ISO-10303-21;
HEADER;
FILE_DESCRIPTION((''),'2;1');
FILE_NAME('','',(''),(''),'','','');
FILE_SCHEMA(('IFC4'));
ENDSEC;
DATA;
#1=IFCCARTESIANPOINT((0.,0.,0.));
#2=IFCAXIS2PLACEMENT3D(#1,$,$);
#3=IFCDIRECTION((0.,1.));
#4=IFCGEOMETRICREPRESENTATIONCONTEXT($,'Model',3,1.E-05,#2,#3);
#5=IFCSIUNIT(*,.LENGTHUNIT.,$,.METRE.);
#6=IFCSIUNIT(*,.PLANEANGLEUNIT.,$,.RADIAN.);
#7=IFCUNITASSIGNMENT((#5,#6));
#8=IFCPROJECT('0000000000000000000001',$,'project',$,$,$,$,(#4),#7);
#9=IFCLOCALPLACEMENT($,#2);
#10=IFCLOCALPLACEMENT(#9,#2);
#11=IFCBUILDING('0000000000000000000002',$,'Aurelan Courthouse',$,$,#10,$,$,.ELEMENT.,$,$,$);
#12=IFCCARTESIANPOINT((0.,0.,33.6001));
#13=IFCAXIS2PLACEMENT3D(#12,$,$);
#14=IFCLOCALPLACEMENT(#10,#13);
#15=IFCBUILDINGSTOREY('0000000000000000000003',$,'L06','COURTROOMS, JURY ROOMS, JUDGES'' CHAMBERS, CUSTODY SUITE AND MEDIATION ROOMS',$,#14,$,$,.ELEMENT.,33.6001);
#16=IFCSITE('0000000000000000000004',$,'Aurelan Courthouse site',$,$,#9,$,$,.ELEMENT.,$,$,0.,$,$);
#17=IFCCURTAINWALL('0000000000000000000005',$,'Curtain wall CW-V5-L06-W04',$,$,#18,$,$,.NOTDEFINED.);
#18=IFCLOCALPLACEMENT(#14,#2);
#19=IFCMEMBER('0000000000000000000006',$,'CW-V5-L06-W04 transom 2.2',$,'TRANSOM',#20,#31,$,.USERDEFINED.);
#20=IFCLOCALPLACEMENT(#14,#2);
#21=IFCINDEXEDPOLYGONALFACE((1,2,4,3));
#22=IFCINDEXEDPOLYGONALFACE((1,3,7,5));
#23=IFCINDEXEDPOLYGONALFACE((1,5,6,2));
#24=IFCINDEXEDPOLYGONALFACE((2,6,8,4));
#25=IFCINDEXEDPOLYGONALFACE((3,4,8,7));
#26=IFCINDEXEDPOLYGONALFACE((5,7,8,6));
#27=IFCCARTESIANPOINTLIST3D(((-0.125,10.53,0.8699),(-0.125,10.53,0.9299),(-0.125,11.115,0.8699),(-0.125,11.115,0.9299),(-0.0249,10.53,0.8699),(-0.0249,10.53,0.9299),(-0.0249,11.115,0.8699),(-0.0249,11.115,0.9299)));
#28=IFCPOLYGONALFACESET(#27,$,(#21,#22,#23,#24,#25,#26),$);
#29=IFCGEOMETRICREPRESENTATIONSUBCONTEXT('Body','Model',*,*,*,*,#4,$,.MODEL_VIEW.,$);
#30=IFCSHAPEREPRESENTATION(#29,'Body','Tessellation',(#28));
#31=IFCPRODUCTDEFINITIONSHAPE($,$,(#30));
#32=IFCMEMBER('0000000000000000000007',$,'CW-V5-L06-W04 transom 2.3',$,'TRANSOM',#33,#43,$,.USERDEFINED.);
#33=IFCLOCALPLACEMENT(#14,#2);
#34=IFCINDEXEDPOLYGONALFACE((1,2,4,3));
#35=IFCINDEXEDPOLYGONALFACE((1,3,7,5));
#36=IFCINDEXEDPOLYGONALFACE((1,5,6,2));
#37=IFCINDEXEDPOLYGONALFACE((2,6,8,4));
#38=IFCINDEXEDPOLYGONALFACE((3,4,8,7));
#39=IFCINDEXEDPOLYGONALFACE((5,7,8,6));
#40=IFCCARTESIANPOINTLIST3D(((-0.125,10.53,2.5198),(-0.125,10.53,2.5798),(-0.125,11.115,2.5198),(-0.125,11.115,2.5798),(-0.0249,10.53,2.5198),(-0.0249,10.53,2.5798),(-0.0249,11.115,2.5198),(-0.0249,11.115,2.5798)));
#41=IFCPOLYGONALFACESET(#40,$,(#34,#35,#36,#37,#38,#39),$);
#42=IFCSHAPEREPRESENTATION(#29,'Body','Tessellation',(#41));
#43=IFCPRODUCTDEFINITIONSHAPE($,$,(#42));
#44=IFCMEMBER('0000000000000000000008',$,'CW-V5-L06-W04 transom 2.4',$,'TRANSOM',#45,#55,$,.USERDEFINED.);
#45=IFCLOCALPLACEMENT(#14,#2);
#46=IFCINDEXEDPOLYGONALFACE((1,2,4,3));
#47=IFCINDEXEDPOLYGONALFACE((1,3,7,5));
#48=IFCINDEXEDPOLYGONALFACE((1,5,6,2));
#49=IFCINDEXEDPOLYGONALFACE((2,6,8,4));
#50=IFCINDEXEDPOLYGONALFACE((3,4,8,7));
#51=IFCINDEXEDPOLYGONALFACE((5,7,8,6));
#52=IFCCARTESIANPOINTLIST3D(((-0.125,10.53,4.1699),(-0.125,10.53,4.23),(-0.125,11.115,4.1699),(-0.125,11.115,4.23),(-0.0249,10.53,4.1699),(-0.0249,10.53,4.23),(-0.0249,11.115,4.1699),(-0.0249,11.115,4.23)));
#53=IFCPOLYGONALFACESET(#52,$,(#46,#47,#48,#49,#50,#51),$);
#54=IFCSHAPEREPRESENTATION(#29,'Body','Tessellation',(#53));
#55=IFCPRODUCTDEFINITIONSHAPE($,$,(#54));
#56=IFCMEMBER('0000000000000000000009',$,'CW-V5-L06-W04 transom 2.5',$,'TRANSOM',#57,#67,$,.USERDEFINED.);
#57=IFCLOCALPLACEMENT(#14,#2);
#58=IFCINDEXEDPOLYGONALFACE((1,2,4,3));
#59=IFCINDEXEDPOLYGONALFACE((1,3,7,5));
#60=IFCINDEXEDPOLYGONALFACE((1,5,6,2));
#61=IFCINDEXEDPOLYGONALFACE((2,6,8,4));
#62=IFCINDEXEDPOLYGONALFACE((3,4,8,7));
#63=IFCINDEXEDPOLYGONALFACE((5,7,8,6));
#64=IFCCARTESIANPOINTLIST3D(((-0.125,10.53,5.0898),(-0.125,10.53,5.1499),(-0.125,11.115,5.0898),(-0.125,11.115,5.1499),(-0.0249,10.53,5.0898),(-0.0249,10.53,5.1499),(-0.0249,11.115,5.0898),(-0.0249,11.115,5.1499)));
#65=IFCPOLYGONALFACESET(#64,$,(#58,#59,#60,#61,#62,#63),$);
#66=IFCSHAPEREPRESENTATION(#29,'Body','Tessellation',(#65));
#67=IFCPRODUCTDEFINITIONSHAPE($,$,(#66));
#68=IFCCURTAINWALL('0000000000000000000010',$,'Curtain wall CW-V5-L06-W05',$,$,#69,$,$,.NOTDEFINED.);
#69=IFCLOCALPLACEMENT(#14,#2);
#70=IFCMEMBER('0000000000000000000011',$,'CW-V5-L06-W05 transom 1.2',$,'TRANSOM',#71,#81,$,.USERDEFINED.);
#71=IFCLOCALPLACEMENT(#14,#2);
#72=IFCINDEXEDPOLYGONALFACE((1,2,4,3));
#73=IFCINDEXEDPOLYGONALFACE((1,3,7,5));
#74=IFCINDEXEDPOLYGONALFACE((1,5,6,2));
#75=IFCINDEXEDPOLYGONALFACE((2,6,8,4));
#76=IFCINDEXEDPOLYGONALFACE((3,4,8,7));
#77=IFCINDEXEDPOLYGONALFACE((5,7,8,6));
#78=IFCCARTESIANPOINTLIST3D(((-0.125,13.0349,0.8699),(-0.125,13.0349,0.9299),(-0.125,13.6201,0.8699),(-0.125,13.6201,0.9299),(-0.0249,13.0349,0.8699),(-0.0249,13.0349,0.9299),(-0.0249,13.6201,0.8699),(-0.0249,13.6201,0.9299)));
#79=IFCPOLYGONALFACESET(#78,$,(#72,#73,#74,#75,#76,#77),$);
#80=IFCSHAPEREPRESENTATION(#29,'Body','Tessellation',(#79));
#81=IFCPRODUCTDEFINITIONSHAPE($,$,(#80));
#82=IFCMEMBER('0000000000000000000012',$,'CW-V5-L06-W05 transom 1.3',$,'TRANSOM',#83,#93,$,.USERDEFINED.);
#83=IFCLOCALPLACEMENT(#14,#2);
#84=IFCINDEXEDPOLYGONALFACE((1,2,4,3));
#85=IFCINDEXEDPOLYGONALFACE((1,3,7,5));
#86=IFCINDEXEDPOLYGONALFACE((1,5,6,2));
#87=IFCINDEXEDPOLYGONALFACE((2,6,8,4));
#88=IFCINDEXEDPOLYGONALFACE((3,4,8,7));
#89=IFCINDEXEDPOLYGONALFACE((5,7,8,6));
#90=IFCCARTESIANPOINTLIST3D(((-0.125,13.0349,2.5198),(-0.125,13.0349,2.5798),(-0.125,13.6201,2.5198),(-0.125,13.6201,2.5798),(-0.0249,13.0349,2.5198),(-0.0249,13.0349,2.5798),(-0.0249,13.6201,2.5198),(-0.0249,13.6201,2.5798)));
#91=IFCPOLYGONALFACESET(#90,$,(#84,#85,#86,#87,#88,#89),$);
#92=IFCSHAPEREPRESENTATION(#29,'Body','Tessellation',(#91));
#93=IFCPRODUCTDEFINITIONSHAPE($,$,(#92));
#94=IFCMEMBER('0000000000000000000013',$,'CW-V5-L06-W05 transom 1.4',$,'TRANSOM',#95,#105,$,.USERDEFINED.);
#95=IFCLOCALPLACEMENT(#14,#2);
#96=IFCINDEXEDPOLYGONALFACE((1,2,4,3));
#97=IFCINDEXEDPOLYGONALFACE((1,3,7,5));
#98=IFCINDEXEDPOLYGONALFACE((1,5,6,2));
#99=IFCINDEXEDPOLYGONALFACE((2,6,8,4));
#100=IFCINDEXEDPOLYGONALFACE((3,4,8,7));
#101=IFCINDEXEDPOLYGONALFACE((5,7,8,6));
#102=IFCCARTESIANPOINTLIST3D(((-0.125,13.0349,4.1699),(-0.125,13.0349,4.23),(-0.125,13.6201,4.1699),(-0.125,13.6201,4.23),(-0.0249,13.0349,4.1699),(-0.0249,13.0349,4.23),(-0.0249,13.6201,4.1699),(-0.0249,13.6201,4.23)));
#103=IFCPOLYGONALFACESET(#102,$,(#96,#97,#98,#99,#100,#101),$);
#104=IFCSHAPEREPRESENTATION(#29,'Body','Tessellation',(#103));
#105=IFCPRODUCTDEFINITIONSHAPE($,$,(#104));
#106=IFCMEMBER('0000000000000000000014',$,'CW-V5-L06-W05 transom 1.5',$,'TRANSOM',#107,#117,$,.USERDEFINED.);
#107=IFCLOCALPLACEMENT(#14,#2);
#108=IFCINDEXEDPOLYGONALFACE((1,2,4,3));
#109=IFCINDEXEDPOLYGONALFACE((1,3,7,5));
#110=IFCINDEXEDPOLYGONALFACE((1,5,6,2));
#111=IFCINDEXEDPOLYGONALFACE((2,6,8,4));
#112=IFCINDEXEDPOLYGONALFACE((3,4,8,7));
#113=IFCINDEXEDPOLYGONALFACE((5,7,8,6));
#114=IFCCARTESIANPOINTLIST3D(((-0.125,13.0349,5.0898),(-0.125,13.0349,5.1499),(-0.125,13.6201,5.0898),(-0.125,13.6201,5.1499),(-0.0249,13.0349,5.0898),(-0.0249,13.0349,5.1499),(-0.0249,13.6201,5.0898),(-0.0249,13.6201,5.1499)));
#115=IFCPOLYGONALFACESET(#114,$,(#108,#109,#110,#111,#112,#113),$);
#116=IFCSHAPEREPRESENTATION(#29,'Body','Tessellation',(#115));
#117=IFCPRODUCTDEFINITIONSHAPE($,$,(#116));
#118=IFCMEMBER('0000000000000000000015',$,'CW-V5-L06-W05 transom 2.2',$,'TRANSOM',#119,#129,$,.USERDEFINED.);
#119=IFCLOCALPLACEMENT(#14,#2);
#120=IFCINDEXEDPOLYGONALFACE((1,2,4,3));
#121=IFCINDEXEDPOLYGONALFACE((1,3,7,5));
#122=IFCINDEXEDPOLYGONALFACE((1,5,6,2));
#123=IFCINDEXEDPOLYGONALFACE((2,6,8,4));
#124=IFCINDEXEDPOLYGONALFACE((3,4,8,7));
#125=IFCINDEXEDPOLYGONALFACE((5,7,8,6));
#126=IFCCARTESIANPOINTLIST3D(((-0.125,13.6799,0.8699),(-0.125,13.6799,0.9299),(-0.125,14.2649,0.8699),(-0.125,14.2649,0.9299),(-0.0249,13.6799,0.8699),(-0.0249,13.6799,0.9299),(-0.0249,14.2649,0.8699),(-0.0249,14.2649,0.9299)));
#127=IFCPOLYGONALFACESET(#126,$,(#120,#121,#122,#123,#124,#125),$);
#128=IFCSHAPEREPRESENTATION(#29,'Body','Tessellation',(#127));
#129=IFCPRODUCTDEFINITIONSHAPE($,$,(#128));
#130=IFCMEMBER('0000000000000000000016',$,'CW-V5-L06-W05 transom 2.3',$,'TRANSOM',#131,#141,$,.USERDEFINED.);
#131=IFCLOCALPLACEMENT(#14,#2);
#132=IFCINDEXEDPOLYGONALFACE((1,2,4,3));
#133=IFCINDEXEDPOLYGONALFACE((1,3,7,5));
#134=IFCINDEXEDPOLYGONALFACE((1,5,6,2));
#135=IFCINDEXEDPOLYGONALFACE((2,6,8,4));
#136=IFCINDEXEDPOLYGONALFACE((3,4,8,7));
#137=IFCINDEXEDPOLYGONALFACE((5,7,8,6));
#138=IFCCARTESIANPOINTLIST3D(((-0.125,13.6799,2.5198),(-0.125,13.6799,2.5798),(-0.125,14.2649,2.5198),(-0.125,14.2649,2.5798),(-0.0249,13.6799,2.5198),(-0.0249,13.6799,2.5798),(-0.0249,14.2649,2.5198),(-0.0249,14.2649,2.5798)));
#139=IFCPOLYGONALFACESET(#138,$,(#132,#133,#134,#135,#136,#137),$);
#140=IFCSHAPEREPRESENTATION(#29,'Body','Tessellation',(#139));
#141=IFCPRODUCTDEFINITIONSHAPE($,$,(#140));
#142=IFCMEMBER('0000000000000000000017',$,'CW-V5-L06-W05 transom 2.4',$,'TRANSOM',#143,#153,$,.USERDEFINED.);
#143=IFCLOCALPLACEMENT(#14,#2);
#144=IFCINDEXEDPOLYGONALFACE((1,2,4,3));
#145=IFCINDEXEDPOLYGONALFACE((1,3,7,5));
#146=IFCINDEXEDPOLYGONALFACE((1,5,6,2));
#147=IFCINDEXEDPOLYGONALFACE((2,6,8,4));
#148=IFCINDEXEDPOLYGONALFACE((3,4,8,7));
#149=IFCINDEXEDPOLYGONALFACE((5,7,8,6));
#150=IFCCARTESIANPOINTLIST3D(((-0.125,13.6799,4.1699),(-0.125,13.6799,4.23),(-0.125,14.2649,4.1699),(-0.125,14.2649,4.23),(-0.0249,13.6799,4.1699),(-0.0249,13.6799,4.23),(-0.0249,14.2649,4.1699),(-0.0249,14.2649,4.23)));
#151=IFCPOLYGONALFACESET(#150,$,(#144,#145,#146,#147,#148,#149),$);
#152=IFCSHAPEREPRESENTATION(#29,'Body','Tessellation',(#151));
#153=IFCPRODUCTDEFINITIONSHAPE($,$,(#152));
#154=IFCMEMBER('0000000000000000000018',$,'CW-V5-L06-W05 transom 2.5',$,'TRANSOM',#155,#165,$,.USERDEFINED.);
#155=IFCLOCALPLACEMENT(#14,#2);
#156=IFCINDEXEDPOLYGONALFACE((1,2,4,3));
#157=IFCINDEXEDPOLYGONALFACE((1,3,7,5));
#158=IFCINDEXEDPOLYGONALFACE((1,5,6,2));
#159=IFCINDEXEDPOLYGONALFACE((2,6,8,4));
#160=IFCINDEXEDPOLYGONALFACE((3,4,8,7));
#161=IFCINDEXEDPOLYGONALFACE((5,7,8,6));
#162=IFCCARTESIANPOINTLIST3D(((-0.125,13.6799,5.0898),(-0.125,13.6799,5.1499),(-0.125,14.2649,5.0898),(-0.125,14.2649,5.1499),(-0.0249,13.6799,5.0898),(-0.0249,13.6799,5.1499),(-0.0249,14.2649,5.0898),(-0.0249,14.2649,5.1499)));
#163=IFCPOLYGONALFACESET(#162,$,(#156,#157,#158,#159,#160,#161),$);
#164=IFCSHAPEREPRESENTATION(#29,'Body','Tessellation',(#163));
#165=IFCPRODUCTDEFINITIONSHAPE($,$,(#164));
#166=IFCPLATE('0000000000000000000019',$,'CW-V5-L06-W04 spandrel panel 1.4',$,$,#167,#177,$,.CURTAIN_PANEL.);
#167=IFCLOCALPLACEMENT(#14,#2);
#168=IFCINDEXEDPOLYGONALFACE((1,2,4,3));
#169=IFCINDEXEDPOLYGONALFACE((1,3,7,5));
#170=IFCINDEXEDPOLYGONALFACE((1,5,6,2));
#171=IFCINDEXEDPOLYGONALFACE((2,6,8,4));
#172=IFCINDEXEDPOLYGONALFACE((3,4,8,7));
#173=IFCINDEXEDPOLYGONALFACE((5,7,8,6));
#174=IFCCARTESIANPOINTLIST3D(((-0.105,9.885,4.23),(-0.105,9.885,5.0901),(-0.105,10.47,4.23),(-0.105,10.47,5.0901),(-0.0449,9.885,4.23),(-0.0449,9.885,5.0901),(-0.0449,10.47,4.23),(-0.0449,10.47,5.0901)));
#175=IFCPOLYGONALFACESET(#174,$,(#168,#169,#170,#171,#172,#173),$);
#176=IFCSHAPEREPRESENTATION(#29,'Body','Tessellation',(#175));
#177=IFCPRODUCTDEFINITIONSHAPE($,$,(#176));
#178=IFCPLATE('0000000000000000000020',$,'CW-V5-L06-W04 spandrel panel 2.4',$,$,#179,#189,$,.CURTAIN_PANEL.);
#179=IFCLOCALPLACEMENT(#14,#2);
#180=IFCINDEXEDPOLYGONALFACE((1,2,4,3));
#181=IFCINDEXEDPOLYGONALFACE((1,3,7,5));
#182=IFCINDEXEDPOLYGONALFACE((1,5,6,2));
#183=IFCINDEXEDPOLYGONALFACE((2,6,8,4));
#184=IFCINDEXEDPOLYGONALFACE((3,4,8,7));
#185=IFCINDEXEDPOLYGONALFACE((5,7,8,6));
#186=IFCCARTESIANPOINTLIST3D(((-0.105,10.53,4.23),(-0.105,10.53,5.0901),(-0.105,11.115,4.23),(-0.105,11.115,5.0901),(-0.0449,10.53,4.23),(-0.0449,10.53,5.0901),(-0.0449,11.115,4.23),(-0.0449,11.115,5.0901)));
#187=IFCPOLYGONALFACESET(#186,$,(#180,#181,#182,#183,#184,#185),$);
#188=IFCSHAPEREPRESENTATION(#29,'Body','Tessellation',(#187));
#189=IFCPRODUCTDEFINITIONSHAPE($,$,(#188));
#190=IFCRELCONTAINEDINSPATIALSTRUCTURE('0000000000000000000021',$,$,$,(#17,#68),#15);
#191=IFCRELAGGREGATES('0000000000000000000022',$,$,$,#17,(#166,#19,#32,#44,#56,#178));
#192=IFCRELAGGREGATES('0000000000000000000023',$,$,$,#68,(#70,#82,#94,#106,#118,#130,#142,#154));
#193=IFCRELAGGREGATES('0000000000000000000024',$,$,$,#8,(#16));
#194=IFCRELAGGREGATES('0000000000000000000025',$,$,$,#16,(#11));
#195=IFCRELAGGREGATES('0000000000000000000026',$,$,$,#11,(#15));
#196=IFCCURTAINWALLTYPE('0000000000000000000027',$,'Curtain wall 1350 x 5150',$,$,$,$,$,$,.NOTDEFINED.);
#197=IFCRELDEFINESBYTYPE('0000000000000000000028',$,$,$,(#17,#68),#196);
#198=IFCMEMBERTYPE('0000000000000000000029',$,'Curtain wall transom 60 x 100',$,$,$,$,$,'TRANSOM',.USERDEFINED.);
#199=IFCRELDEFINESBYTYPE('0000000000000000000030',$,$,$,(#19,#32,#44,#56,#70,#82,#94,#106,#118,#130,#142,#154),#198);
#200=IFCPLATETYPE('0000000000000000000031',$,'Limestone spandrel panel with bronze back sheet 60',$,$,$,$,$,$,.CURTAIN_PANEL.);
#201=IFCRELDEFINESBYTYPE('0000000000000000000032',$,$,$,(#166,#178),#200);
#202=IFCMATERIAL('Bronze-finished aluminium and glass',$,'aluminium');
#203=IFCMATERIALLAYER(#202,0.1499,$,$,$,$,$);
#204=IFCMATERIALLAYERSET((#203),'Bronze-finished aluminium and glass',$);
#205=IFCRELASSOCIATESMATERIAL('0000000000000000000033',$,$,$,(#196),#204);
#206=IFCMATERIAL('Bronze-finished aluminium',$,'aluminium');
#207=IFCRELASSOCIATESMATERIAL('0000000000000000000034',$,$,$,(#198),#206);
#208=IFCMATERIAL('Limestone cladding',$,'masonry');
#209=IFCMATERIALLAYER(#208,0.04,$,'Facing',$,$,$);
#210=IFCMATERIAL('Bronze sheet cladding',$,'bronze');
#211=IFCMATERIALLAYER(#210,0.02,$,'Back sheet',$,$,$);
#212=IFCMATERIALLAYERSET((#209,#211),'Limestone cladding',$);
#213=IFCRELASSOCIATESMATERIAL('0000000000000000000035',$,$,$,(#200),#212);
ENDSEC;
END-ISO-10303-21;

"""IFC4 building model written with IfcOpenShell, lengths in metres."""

from ifc_helpers import new_model, si_unit, direction, frame, origin, origin_2d, place, context, subcontext, project, spatial, rectangle, extrude, material, layer, layer_set, material_profile, profile_set, type_object, element, aggregate, save


model = new_model("IFC4")

# Units and contexts
model_context = context("Model", 3, precision=1e-05, world=origin(), true_north=direction((0.0, 1.0)))
body_context = subcontext(model_context, "Body", "Model", "MODEL_VIEW")
ifc_project = project(units=[si_unit("LENGTHUNIT", "METRE"), si_unit("PLANEANGLEUNIT", "RADIAN")], contexts=[model_context])

# Site, building, storey
site_placement = place(None, origin())
site = spatial("IfcSite", under=ifc_project, at=site_placement, Name="Aurelan Courthouse site", CompositionType="ELEMENT", RefElevation=0.0)
building_placement = place(site_placement, origin())
building = spatial("IfcBuilding", under=site, at=building_placement, Name="Aurelan Courthouse", CompositionType="ELEMENT")
storey_placement = place(building_placement, frame((0.0, 0.0, 33.6001)))
storey = spatial("IfcBuildingStorey", under=building, at=storey_placement, Name="L06", Description="COURTROOMS, JURY ROOMS, JUDGES' CHAMBERS, CUSTODY SUITE AND MEDIATION ROOMS", CompositionType="ELEMENT", Elevation=33.6001)

# Curtain walls, members
ifc_material_1 = material(Name="Bronze-finished aluminium and glass", Category="aluminium")
ifc_layer_1 = layer(ifc_material_1, 0.1499)
ifc_layer_set_1 = layer_set([ifc_layer_1], Name="Bronze-finished aluminium and glass")
curtain_wall_type = type_object("IfcCurtainWallType", Name="Curtain wall 1350 x 5150", PredefinedType="NOTDEFINED", material=ifc_layer_set_1)
curtain_wall_1_placement = place(storey_placement, origin())
curtain_wall_1 = element("IfcCurtainWall", 1, at=curtain_wall_1_placement, inside=storey, type_object=curtain_wall_type, Name="Curtain wall CW-V5-L06-W04", PredefinedType="NOTDEFINED")
ifc_material_2 = material(Name="Bronze-finished aluminium", Category="aluminium")
ifc_material_profile = material_profile(ifc_material_2, rectangle(XDim=0.1001, YDim=0.0601, at=origin_2d()), Name="Bronze transom 60 x 100")
ifc_profile_set = profile_set([ifc_material_profile], Name="Bronze-finished aluminium")
member_type = type_object("IfcMemberType", Name="Curtain wall transom 60 x 100", ElementType="TRANSOM", PredefinedType="USERDEFINED", material=ifc_profile_set)
member_1_placement = place(storey_placement, frame((-0.075, 10.53, 0.8999), z_axis=(0.0, 1.0, 0.0), x_axis=(-1.0, 0.0, 0.0)))
member_1 = element("IfcMember", 2, at=member_1_placement, type_object=member_type, Name="CW-V5-L06-W04 transom 2.2", ObjectType="TRANSOM", PredefinedType="USERDEFINED", context=body_context, shape_type="SweptSolid", body=[
    extrude(rectangle(XDim=0.1001, YDim=0.0601, at=origin_2d()), origin(), (0.0, 0.0, 1.0), 0.585),
])
member_2_placement = place(storey_placement, frame((-0.075, 10.53, 2.5498), z_axis=(0.0, 1.0, 0.0), x_axis=(-1.0, 0.0, 0.0)))
member_2 = element("IfcMember", 3, at=member_2_placement, type_object=member_type, Name="CW-V5-L06-W04 transom 2.3", ObjectType="TRANSOM", PredefinedType="USERDEFINED", context=body_context, shape_type="SweptSolid", body=[
    extrude(rectangle(XDim=0.1001, YDim=0.0601, at=origin_2d()), origin(), (0.0, 0.0, 1.0), 0.585),
])
member_3_placement = place(storey_placement, frame((-0.075, 10.53, 4.2), z_axis=(0.0, 1.0, 0.0), x_axis=(-1.0, 0.0, 0.0)))
member_3 = element("IfcMember", 4, at=member_3_placement, type_object=member_type, Name="CW-V5-L06-W04 transom 2.4", ObjectType="TRANSOM", PredefinedType="USERDEFINED", context=body_context, shape_type="SweptSolid", body=[
    extrude(rectangle(XDim=0.1001, YDim=0.0601, at=origin_2d()), origin(), (0.0, 0.0, 1.0), 0.585),
])
member_4_placement = place(storey_placement, frame((-0.075, 10.53, 5.1199), z_axis=(0.0, 1.0, 0.0), x_axis=(-1.0, 0.0, 0.0)))
member_4 = element("IfcMember", 5, at=member_4_placement, type_object=member_type, Name="CW-V5-L06-W04 transom 2.5", ObjectType="TRANSOM", PredefinedType="USERDEFINED", context=body_context, shape_type="SweptSolid", body=[
    extrude(rectangle(XDim=0.1001, YDim=0.0601, at=origin_2d()), origin(), (0.0, 0.0, 1.0), 0.585),
])
curtain_wall_2_placement = place(storey_placement, origin())
curtain_wall_2 = element("IfcCurtainWall", 6, at=curtain_wall_2_placement, inside=storey, type_object=curtain_wall_type, Name="Curtain wall CW-V5-L06-W05", PredefinedType="NOTDEFINED")
member_5_placement = place(storey_placement, frame((-0.075, 13.0349, 0.8999), z_axis=(0.0, 1.0, 0.0), x_axis=(-1.0, 0.0, 0.0)))
member_5 = element("IfcMember", 7, at=member_5_placement, type_object=member_type, Name="CW-V5-L06-W05 transom 1.2", ObjectType="TRANSOM", PredefinedType="USERDEFINED", context=body_context, shape_type="SweptSolid", body=[
    extrude(rectangle(XDim=0.1001, YDim=0.0601, at=origin_2d()), origin(), (0.0, 0.0, 1.0), 0.5852),
])
member_6_placement = place(storey_placement, frame((-0.075, 13.0349, 2.5498), z_axis=(0.0, 1.0, 0.0), x_axis=(-1.0, 0.0, 0.0)))
member_6 = element("IfcMember", 8, at=member_6_placement, type_object=member_type, Name="CW-V5-L06-W05 transom 1.3", ObjectType="TRANSOM", PredefinedType="USERDEFINED", context=body_context, shape_type="SweptSolid", body=[
    extrude(rectangle(XDim=0.1001, YDim=0.0601, at=origin_2d()), origin(), (0.0, 0.0, 1.0), 0.5852),
])
member_7_placement = place(storey_placement, frame((-0.075, 13.0349, 4.2), z_axis=(0.0, 1.0, 0.0), x_axis=(-1.0, 0.0, 0.0)))
member_7 = element("IfcMember", 9, at=member_7_placement, type_object=member_type, Name="CW-V5-L06-W05 transom 1.4", ObjectType="TRANSOM", PredefinedType="USERDEFINED", context=body_context, shape_type="SweptSolid", body=[
    extrude(rectangle(XDim=0.1001, YDim=0.0601, at=origin_2d()), origin(), (0.0, 0.0, 1.0), 0.5852),
])
member_8_placement = place(storey_placement, frame((-0.075, 13.0349, 5.1199), z_axis=(0.0, 1.0, 0.0), x_axis=(-1.0, 0.0, 0.0)))
member_8 = element("IfcMember", 10, at=member_8_placement, type_object=member_type, Name="CW-V5-L06-W05 transom 1.5", ObjectType="TRANSOM", PredefinedType="USERDEFINED", context=body_context, shape_type="SweptSolid", body=[
    extrude(rectangle(XDim=0.1001, YDim=0.0601, at=origin_2d()), origin(), (0.0, 0.0, 1.0), 0.5852),
])
member_9_placement = place(storey_placement, frame((-0.075, 13.6799, 0.8999), z_axis=(0.0, 1.0, 0.0), x_axis=(-1.0, 0.0, 0.0)))
member_9 = element("IfcMember", 11, at=member_9_placement, type_object=member_type, Name="CW-V5-L06-W05 transom 2.2", ObjectType="TRANSOM", PredefinedType="USERDEFINED", context=body_context, shape_type="SweptSolid", body=[
    extrude(rectangle(XDim=0.1001, YDim=0.0601, at=origin_2d()), origin(), (0.0, 0.0, 1.0), 0.585),
])
member_10_placement = place(storey_placement, frame((-0.075, 13.6799, 2.5498), z_axis=(0.0, 1.0, 0.0), x_axis=(-1.0, 0.0, 0.0)))
member_10 = element("IfcMember", 12, at=member_10_placement, type_object=member_type, Name="CW-V5-L06-W05 transom 2.3", ObjectType="TRANSOM", PredefinedType="USERDEFINED", context=body_context, shape_type="SweptSolid", body=[
    extrude(rectangle(XDim=0.1001, YDim=0.0601, at=origin_2d()), origin(), (0.0, 0.0, 1.0), 0.585),
])
member_11_placement = place(storey_placement, frame((-0.075, 13.6799, 4.2), z_axis=(0.0, 1.0, 0.0), x_axis=(-1.0, 0.0, 0.0)))
member_11 = element("IfcMember", 13, at=member_11_placement, type_object=member_type, Name="CW-V5-L06-W05 transom 2.4", ObjectType="TRANSOM", PredefinedType="USERDEFINED", context=body_context, shape_type="SweptSolid", body=[
    extrude(rectangle(XDim=0.1001, YDim=0.0601, at=origin_2d()), origin(), (0.0, 0.0, 1.0), 0.585),
])
member_12_placement = place(storey_placement, frame((-0.075, 13.6799, 5.1199), z_axis=(0.0, 1.0, 0.0), x_axis=(-1.0, 0.0, 0.0)))
member_12 = element("IfcMember", 14, at=member_12_placement, type_object=member_type, Name="CW-V5-L06-W05 transom 2.5", ObjectType="TRANSOM", PredefinedType="USERDEFINED", context=body_context, shape_type="SweptSolid", body=[
    extrude(rectangle(XDim=0.1001, YDim=0.0601, at=origin_2d()), origin(), (0.0, 0.0, 1.0), 0.585),
])

# Plates
ifc_material_3 = material(Name="Limestone cladding", Category="masonry")
ifc_layer_2 = layer(ifc_material_3, 0.04, Name="Facing")
ifc_material_4 = material(Name="Bronze sheet cladding", Category="bronze")
ifc_layer_3 = layer(ifc_material_4, 0.02, Name="Back sheet")
ifc_layer_set_2 = layer_set([ifc_layer_2, ifc_layer_3], Name="Limestone cladding")
plate_type_1 = type_object("IfcPlateType", Name="Limestone spandrel panel with bronze back sheet 60", PredefinedType="CURTAIN_PANEL", material=ifc_layer_set_2)
plate_1_placement = place(storey_placement, frame((-0.075, 10.1775, 4.23), z_axis=(0.0, 0.0, 1.0), x_axis=(0.0, 1.0, 0.0)))
plate_1 = element("IfcPlate", 15, at=plate_1_placement, type_object=plate_type_1, Name="CW-V5-L06-W04 spandrel panel 1.4", PredefinedType="CURTAIN_PANEL", context=body_context, shape_type="SweptSolid", body=[
    extrude(rectangle(XDim=0.585, YDim=0.0601, at=origin_2d()), origin(), (0.0, 0.0, 1.0), 0.8601),
])
plate_2_placement = place(storey_placement, frame((-0.075, 10.8225, 4.23), z_axis=(0.0, 0.0, 1.0), x_axis=(0.0, 1.0, 0.0)))
plate_2 = element("IfcPlate", 16, at=plate_2_placement, type_object=plate_type_1, Name="CW-V5-L06-W04 spandrel panel 2.4", PredefinedType="CURTAIN_PANEL", context=body_context, shape_type="SweptSolid", body=[
    extrude(rectangle(XDim=0.585, YDim=0.0601, at=origin_2d()), origin(), (0.0, 0.0, 1.0), 0.8601),
])
aggregate(curtain_wall_1, [plate_1, member_1, member_2, member_3, member_4, plate_2])
aggregate(curtain_wall_2, [member_5, member_6, member_7, member_8, member_9, member_10, member_11, member_12])

save(model, "model.ifc")
